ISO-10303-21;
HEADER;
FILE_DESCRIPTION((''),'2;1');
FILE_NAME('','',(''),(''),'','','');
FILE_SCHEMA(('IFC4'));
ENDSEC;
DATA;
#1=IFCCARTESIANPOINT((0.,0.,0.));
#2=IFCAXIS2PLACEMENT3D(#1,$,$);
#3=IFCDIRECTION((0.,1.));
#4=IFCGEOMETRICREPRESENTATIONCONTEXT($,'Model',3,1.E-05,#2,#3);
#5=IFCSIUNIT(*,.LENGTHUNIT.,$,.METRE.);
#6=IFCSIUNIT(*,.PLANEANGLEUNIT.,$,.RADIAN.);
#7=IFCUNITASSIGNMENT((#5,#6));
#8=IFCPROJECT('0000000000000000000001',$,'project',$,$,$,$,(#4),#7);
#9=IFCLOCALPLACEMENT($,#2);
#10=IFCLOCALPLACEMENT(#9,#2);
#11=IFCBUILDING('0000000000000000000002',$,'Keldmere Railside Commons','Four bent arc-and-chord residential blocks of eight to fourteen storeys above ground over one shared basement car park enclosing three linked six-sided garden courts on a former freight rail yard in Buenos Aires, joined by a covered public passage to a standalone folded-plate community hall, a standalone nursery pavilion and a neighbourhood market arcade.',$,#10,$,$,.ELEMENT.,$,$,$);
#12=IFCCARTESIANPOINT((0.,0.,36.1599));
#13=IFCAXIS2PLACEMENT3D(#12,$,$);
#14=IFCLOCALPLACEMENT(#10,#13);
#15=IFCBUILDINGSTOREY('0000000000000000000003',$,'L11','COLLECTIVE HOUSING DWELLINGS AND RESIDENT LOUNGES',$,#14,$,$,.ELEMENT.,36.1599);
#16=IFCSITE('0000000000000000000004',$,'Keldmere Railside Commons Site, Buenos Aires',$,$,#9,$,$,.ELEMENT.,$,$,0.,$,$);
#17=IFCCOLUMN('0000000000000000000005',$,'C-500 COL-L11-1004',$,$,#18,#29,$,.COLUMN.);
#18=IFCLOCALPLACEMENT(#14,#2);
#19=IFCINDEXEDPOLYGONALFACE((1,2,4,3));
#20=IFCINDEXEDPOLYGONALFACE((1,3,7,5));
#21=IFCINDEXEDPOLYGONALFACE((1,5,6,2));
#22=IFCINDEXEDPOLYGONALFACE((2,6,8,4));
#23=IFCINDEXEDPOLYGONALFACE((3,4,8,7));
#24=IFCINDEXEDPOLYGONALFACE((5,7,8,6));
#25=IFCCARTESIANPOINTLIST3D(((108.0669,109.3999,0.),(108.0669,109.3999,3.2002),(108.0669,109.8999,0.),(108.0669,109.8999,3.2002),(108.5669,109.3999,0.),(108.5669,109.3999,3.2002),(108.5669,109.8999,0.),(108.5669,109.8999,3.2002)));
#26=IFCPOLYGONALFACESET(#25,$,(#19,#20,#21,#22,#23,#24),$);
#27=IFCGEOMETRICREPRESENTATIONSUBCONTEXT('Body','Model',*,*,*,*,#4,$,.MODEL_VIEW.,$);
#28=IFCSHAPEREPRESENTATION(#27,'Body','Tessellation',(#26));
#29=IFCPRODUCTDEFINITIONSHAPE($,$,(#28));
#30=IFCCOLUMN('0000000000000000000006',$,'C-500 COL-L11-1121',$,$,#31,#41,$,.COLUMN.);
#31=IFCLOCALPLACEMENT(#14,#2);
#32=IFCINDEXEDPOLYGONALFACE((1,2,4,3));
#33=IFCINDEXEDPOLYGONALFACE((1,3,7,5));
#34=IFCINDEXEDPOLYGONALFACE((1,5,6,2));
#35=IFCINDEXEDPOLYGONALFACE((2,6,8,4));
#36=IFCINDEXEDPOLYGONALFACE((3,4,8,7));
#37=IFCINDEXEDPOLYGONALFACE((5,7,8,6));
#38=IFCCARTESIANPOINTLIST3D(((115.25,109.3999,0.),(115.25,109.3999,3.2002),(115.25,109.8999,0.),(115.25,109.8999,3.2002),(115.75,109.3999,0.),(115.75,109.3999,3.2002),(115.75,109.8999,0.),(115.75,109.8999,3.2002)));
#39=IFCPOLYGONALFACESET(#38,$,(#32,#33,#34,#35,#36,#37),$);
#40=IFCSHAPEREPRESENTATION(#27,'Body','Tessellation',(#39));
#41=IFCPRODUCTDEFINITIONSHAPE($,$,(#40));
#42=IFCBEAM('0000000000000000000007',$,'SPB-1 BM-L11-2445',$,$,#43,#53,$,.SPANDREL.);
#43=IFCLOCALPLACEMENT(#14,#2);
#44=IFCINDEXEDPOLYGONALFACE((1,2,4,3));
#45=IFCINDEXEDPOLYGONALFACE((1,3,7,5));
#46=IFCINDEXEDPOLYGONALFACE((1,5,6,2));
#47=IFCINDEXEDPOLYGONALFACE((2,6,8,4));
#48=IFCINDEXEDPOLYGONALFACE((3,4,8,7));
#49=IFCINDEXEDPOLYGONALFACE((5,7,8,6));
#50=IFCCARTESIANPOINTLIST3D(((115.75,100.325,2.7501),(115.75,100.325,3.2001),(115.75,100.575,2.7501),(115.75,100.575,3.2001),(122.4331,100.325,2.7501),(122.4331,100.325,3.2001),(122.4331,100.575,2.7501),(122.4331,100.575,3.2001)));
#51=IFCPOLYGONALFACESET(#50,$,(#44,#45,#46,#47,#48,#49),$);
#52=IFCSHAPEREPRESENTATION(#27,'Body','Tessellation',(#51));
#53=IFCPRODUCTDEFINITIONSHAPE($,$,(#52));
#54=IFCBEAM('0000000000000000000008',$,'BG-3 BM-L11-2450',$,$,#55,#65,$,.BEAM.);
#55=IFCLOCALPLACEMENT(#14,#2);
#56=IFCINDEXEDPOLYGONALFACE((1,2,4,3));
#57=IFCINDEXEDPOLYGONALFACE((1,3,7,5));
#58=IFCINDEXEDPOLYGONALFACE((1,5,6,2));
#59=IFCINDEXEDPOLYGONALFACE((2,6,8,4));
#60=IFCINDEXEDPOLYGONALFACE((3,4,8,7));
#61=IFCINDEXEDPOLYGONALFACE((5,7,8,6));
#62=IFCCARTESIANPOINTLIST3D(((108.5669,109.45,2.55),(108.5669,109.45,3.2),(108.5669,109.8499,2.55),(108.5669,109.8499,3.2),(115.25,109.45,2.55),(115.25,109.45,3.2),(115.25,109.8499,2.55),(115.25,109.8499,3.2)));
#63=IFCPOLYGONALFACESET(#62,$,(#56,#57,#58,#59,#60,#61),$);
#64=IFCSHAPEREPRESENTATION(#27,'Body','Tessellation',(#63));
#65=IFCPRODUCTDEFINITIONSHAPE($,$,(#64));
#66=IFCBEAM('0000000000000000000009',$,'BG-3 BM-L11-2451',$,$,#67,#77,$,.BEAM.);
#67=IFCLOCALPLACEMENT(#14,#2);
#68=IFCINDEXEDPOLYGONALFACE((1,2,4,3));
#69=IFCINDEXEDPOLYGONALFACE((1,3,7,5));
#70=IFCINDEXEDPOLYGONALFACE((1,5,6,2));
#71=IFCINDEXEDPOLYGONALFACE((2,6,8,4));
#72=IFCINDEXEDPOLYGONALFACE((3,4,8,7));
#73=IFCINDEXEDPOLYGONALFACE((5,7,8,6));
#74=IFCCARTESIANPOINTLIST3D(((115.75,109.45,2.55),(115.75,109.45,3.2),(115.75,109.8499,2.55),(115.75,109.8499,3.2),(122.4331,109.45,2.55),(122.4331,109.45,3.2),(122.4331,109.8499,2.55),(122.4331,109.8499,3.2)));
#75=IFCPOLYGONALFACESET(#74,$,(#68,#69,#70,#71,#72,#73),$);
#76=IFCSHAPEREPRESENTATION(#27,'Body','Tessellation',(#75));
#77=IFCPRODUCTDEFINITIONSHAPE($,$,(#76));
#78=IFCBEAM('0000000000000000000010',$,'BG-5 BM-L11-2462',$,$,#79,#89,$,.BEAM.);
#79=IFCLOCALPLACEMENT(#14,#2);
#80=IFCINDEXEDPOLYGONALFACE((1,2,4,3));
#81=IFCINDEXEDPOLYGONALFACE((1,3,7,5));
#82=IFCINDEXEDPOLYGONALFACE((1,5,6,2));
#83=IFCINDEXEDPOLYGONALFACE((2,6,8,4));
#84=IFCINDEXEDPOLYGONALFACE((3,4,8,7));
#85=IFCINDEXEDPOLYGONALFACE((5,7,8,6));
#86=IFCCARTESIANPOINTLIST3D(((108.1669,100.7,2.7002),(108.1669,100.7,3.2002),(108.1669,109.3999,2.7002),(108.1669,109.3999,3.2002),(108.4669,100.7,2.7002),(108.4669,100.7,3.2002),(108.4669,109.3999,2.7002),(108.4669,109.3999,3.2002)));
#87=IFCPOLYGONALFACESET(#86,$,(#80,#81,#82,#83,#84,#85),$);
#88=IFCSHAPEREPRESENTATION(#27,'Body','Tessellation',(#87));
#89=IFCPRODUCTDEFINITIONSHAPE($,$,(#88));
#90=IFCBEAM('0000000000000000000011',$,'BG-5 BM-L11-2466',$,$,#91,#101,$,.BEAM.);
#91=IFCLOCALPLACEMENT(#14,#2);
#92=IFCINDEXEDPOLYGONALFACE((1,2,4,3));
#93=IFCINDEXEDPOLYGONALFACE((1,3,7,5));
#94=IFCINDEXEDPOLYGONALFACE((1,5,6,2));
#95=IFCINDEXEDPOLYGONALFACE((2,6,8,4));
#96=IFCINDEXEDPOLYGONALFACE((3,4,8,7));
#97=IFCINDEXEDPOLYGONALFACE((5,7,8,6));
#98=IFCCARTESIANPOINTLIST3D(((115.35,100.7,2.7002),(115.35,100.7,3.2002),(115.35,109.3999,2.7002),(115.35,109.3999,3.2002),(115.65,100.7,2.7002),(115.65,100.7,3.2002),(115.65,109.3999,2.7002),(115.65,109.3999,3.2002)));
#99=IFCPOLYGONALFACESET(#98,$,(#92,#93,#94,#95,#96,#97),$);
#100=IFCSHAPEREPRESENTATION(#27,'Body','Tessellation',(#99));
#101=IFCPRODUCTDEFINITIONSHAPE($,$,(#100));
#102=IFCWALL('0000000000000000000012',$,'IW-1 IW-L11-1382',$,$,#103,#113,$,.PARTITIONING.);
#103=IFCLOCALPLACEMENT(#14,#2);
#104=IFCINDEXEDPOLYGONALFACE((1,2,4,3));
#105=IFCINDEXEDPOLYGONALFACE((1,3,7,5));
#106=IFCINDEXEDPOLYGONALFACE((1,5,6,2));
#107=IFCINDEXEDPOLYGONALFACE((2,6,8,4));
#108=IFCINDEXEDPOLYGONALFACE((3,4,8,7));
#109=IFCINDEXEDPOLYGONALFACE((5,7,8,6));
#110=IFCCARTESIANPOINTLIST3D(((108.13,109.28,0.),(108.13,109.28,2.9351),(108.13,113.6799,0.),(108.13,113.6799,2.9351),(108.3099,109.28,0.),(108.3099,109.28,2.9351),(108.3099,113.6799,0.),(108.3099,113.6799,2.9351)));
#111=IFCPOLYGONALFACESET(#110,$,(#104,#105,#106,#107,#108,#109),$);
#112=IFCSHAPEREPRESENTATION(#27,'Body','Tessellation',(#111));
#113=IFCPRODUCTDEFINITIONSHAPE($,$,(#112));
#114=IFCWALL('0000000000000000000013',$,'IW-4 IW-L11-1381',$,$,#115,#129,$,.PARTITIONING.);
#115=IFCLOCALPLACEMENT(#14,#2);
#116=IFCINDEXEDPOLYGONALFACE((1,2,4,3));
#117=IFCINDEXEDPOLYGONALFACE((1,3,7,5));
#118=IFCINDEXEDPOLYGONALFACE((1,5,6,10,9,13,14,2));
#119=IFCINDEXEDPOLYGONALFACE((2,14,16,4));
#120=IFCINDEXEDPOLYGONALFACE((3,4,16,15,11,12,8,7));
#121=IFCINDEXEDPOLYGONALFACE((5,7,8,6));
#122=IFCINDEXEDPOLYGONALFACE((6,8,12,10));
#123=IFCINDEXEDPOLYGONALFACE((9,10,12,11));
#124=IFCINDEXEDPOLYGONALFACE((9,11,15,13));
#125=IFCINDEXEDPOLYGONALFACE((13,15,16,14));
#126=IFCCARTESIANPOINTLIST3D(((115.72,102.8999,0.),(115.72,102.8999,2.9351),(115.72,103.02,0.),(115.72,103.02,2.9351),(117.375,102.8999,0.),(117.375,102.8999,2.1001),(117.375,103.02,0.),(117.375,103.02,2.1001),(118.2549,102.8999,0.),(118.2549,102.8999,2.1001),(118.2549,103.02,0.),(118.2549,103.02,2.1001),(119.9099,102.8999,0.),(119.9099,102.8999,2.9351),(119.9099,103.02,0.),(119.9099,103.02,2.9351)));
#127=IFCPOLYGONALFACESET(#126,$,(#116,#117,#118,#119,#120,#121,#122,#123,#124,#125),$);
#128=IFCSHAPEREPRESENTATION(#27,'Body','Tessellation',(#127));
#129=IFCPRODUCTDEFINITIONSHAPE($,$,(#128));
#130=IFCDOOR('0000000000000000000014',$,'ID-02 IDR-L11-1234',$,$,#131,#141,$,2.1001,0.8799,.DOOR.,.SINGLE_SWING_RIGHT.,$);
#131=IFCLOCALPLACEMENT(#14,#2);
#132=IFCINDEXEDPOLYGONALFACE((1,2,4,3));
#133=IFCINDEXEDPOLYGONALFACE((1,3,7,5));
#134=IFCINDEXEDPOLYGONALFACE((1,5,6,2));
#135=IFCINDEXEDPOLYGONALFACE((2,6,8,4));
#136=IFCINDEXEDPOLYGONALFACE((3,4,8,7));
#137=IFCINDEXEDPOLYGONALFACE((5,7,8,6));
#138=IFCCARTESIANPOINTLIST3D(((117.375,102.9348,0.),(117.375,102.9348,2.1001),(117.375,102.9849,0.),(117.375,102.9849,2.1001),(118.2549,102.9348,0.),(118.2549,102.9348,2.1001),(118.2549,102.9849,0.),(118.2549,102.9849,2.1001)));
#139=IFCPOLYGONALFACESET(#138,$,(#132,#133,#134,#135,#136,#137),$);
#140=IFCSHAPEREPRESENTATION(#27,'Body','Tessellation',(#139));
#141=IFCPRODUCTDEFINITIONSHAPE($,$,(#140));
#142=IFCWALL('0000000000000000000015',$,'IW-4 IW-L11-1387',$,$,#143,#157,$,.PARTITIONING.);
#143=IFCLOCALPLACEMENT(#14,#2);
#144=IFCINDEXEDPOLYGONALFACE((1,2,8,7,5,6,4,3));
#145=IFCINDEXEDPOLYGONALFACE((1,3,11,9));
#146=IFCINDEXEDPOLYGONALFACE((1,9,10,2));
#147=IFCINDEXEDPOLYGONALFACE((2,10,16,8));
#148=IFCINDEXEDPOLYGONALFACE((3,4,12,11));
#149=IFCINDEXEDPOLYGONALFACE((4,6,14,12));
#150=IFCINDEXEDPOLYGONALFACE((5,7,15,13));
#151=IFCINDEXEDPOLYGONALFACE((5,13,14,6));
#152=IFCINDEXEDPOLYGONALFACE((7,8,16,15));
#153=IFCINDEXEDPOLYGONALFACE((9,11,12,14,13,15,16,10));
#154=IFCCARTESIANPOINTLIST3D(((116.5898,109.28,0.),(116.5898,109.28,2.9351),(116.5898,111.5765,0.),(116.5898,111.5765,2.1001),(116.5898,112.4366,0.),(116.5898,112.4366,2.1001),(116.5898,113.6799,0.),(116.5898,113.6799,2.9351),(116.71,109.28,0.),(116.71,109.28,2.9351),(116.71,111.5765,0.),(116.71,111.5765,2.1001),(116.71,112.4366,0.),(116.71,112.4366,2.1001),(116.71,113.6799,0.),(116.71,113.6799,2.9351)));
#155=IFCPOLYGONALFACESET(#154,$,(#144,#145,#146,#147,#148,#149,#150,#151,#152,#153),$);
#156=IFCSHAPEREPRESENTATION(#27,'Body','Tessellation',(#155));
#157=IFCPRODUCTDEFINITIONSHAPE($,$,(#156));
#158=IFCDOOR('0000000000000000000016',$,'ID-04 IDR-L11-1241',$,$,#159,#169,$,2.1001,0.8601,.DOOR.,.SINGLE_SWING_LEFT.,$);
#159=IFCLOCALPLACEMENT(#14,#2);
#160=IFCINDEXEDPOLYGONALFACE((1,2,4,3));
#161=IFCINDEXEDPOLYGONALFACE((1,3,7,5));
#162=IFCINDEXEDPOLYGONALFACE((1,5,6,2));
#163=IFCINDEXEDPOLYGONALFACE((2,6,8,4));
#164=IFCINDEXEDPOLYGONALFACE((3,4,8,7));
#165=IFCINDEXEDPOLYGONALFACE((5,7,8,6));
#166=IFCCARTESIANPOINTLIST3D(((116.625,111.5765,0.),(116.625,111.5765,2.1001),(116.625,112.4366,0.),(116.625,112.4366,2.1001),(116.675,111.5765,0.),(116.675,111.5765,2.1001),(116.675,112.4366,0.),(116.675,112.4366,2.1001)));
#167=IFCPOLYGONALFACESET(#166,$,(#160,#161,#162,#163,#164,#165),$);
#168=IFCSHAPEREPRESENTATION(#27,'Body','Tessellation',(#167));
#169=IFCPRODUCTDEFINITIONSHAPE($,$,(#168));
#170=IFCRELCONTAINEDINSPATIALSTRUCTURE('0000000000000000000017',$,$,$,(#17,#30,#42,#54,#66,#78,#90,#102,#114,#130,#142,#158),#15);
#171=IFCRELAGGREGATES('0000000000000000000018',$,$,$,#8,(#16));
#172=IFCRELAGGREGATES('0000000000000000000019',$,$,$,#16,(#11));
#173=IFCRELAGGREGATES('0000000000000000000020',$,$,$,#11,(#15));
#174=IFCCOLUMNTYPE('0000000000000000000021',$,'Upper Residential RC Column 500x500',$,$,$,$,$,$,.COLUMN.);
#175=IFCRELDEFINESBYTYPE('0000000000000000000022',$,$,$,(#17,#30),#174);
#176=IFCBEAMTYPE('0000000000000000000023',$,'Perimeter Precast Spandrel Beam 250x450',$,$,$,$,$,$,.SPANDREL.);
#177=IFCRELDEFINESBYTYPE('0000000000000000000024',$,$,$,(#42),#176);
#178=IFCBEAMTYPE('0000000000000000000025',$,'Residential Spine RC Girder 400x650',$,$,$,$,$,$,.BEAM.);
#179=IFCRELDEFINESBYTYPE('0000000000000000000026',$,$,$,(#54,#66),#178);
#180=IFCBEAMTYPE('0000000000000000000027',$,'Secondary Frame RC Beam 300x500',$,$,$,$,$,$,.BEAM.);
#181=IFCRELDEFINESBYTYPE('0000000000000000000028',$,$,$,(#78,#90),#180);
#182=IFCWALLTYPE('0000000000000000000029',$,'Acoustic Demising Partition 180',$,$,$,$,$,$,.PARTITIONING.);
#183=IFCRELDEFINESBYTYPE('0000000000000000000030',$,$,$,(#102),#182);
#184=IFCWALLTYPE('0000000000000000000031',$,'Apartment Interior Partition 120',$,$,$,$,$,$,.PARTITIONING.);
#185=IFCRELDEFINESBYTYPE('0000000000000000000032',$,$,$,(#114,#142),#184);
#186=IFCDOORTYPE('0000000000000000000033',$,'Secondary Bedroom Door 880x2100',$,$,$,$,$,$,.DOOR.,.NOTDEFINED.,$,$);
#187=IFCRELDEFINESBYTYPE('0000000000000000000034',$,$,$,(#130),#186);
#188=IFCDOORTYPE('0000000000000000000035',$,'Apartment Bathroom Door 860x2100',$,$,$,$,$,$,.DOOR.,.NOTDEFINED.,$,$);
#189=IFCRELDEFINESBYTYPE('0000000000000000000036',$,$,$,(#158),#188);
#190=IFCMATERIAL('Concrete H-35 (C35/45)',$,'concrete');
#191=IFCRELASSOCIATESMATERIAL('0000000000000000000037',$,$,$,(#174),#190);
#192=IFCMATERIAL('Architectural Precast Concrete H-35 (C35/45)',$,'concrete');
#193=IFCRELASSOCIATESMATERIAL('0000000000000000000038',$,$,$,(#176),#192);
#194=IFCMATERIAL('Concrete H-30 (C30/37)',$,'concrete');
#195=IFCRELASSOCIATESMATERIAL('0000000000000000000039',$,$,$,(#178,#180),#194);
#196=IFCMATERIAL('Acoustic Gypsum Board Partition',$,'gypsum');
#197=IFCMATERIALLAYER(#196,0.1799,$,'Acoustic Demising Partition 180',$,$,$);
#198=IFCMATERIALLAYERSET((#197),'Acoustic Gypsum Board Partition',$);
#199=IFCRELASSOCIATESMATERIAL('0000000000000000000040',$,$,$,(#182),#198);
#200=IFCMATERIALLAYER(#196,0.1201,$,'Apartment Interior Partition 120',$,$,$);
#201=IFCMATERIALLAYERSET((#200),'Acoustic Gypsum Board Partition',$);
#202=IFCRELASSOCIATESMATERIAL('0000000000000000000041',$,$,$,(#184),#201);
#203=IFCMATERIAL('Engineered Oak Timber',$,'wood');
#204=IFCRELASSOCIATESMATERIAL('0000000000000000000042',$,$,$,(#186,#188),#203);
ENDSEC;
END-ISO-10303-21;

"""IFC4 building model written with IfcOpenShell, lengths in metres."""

from ifc_helpers import new_model, si_unit, direction, frame, frame_2d, origin, origin_2d, place, context, subcontext, project, spatial, rectangle, extrude, material, layer, layer_set, material_profile, profile_set, type_object, element, fill, save


model = new_model("IFC4")

# Units and contexts
model_context = context("Model", 3, precision=1e-05, world=origin(), true_north=direction((0.0, 1.0)))
body_context = subcontext(model_context, "Body", "Model", "MODEL_VIEW")
ifc_project = project(units=[si_unit("LENGTHUNIT", "METRE"), si_unit("PLANEANGLEUNIT", "RADIAN")], contexts=[model_context])

# Site, building, storey
site_placement = place(None, origin())
site = spatial("IfcSite", under=ifc_project, at=site_placement, Name="Keldmere Railside Commons Site, Buenos Aires", CompositionType="ELEMENT", RefElevation=0.0)
building_placement = place(site_placement, origin())
building = spatial("IfcBuilding", under=site, at=building_placement, Name="Keldmere Railside Commons", Description="Four bent arc-and-chord residential blocks of eight to fourteen storeys above ground over one shared basement car park enclosing three linked six-sided garden courts on a former freight rail yard in Buenos Aires, joined by a covered public passage to a standalone folded-plate community hall, a standalone nursery pavilion and a neighbourhood market arcade.", CompositionType="ELEMENT")
storey_placement = place(building_placement, frame((0.0, 0.0, 36.1599)))
storey = spatial("IfcBuildingStorey", under=building, at=storey_placement, Name="L11", Description="COLLECTIVE HOUSING DWELLINGS AND RESIDENT LOUNGES", CompositionType="ELEMENT", Elevation=36.1599)

# Columns
ifc_material_1 = material(Name="Concrete H-35 (C35/45)", Category="concrete")
ifc_material_profile_1 = material_profile(ifc_material_1, rectangle(XDim=0.5, YDim=0.5, at=origin_2d()), Name="RC-500x500")
ifc_profile_set_1 = profile_set([ifc_material_profile_1], Name="Concrete H-35 (C35/45)")
column_type = type_object("IfcColumnType", Name="Upper Residential RC Column 500x500", PredefinedType="COLUMN", material=ifc_profile_set_1)
for number, where, z_axis, x_axis, name in (
    (1, (108.3169, 109.6499, 0.0), (0.0, 0.0, 1.0), (1.0, 0.0, 0.0), "C-500 COL-L11-1004"),
    (2, (115.5, 109.6499, 0.0), (0.0, 0.0, 1.0), (1.0, 0.0, 0.0), "C-500 COL-L11-1121"),
):
    element("IfcColumn", number, at=place(storey_placement, frame(where, z_axis=z_axis, x_axis=x_axis)), inside=storey, type_object=column_type, Name=name, PredefinedType="COLUMN", context=body_context, shape_type="SweptSolid", body=[
        extrude(rectangle(XDim=0.5, YDim=0.5, at=origin_2d()), origin(), (0.0, 0.0, 1.0), 3.2002),
    ])

# Beams
ifc_material_2 = material(Name="Architectural Precast Concrete H-35 (C35/45)", Category="concrete")
ifc_material_profile_2 = material_profile(ifc_material_2, rectangle(XDim=0.25, YDim=0.45, at=origin_2d()), Name="RC-250x450")
ifc_profile_set_2 = profile_set([ifc_material_profile_2], Name="Architectural Precast Concrete H-35 (C35/45)")
beam_type_1 = type_object("IfcBeamType", Name="Perimeter Precast Spandrel Beam 250x450", PredefinedType="SPANDREL", material=ifc_profile_set_2)
beam_placement = place(storey_placement, frame((115.75, 100.45, 2.9751), z_axis=(1.0, 0.0, 0.0), x_axis=(0.0, 1.0, 0.0)))
element("IfcBeam", 3, at=beam_placement, inside=storey, type_object=beam_type_1, Name="SPB-1 BM-L11-2445", PredefinedType="SPANDREL", context=body_context, shape_type="SweptSolid", body=[
    extrude(rectangle(XDim=0.25, YDim=0.45, at=origin_2d()), origin(), (0.0, 0.0, 1.0), 6.6831),
])
ifc_material_3 = material(Name="Concrete H-30 (C30/37)", Category="concrete")
ifc_material_profile_3 = material_profile(ifc_material_3, rectangle(XDim=0.3999, YDim=0.6499, at=origin_2d()), Name="RC-400x650")
ifc_profile_set_3 = profile_set([ifc_material_profile_3], Name="Concrete H-30 (C30/37)")
beam_type_2 = type_object("IfcBeamType", Name="Residential Spine RC Girder 400x650", PredefinedType="BEAM", material=ifc_profile_set_3)
for number, where, z_axis, x_axis, name in (
    (4, (108.5669, 109.6499, 2.875), (1.0, 0.0, 0.0), (0.0, 1.0, 0.0), "BG-3 BM-L11-2450"),
    (5, (115.75, 109.6499, 2.875), (1.0, 0.0, 0.0), (0.0, 1.0, 0.0), "BG-3 BM-L11-2451"),
):
    element("IfcBeam", number, at=place(storey_placement, frame(where, z_axis=z_axis, x_axis=x_axis)), inside=storey, type_object=beam_type_2, Name=name, PredefinedType="BEAM", context=body_context, shape_type="SweptSolid", body=[
        extrude(rectangle(XDim=0.3999, YDim=0.6499, at=origin_2d()), origin(), (0.0, 0.0, 1.0), 6.6831),
    ])
ifc_material_profile_4 = material_profile(ifc_material_3, rectangle(XDim=0.3, YDim=0.5, at=origin_2d()), Name="RC-300x500")
ifc_profile_set_4 = profile_set([ifc_material_profile_4], Name="Concrete H-30 (C30/37)")
beam_type_3 = type_object("IfcBeamType", Name="Secondary Frame RC Beam 300x500", PredefinedType="BEAM", material=ifc_profile_set_4)
for number, where, z_axis, x_axis, name in (
    (6, (108.3169, 100.7, 2.9502), (0.0, 1.0, 0.0), (-1.0, 0.0, 0.0), "BG-5 BM-L11-2462"),
    (7, (115.5, 100.7, 2.9502), (0.0, 1.0, 0.0), (-1.0, 0.0, 0.0), "BG-5 BM-L11-2466"),
):
    element("IfcBeam", number, at=place(storey_placement, frame(where, z_axis=z_axis, x_axis=x_axis)), inside=storey, type_object=beam_type_3, Name=name, PredefinedType="BEAM", context=body_context, shape_type="SweptSolid", body=[
        extrude(rectangle(XDim=0.3, YDim=0.5, at=origin_2d()), origin(), (0.0, 0.0, 1.0), 8.7),
    ])

# Wall
ifc_material_4 = material(Name="Acoustic Gypsum Board Partition", Category="gypsum")
ifc_layer_1 = layer(ifc_material_4, 0.1799, Name="Acoustic Demising Partition 180")
ifc_layer_set_1 = layer_set([ifc_layer_1], Name="Acoustic Gypsum Board Partition")
wall_type_1 = type_object("IfcWallType", Name="Acoustic Demising Partition 180", PredefinedType="PARTITIONING", material=ifc_layer_set_1)
wall_1_placement = place(storey_placement, frame((108.22, 109.28, 0.0), z_axis=(0.0, 0.0, 1.0), x_axis=(0.0, 1.0, 0.0)))
element("IfcWall", 8, at=wall_1_placement, inside=storey, type_object=wall_type_1, Name="IW-1 IW-L11-1382", PredefinedType="PARTITIONING", context=body_context, shape_type="SweptSolid", body=[
    extrude(rectangle(XDim=4.3999, YDim=0.1799, at=frame_2d((2.2, 0.0))), origin(), (0.0, 0.0, 1.0), 2.9351),
])

# Walls, openings, doors
ifc_layer_2 = layer(ifc_material_4, 0.1201, Name="Apartment Interior Partition 120")
ifc_layer_set_2 = layer_set([ifc_layer_2], Name="Acoustic Gypsum Board Partition")
wall_type_2 = type_object("IfcWallType", Name="Apartment Interior Partition 120", PredefinedType="PARTITIONING", material=ifc_layer_set_2)
wall_2_placement = place(storey_placement, frame((115.72, 102.96, 0.0), z_axis=(0.0, 0.0, 1.0), x_axis=(1.0, 0.0, 0.0)))
wall_2 = element("IfcWall", 9, at=wall_2_placement, inside=storey, type_object=wall_type_2, Name="IW-4 IW-L11-1381", PredefinedType="PARTITIONING", context=body_context, shape_type="SweptSolid", body=[
    extrude(rectangle(XDim=4.1899, YDim=0.1201, at=frame_2d((2.095, 0.0))), origin(), (0.0, 0.0, 1.0), 2.9351),
])
opening_1_placement = place(wall_2_placement, frame((1.655, 0.0, 0.0)))
opening_1 = element("IfcOpeningElement", 10, at=opening_1_placement, cuts=wall_2, PredefinedType="OPENING", context=body_context, shape_type="SweptSolid", body=[
    extrude(rectangle(XDim=0.8799, YDim=2.1001, at=frame_2d((0.4399, 1.05))), frame((0.0, 0.0701, 0.0), z_axis=(0.0, -1.0, 0.0), x_axis=(1.0, 0.0, 0.0)), (0.0, 0.0, 1.0), 0.1401),
])
ifc_material_5 = material(Name="Engineered Oak Timber", Category="wood")
door_type_1 = type_object("IfcDoorType", Name="Secondary Bedroom Door 880x2100", OperationType="NOTDEFINED", PredefinedType="DOOR", material=ifc_material_5)
door_1_placement = place(opening_1_placement, origin())
door_1 = element("IfcDoor", 11, at=door_1_placement, inside=storey, type_object=door_type_1, Name="ID-02 IDR-L11-1234", OperationType="SINGLE_SWING_RIGHT", OverallHeight=2.1001, OverallWidth=0.8799, PredefinedType="DOOR", context=body_context, shape_type="SweptSolid", body=[
    extrude(rectangle(XDim=0.8799, YDim=2.1001, at=frame_2d((0.4399, 1.05))), frame((0.0, 0.0249, 0.0), z_axis=(0.0, -1.0, 0.0), x_axis=(1.0, 0.0, 0.0)), (0.0, 0.0, 1.0), 0.05),
])
fill(opening_1, door_1)
wall_3_placement = place(storey_placement, frame((116.6499, 109.28, 0.0), z_axis=(0.0, 0.0, 1.0), x_axis=(0.0, 1.0, 0.0)))
wall_3 = element("IfcWall", 12, at=wall_3_placement, inside=storey, type_object=wall_type_2, Name="IW-4 IW-L11-1387", PredefinedType="PARTITIONING", context=body_context, shape_type="SweptSolid", body=[
    extrude(rectangle(XDim=4.3999, YDim=0.1201, at=frame_2d((2.2, 0.0))), origin(), (0.0, 0.0, 1.0), 2.9351),
])
opening_2_placement = place(wall_3_placement, frame((2.2964, 0.0, 0.0)))
opening_2 = element("IfcOpeningElement", 13, at=opening_2_placement, cuts=wall_3, PredefinedType="OPENING", context=body_context, shape_type="SweptSolid", body=[
    extrude(rectangle(XDim=0.8601, YDim=2.1001, at=frame_2d((0.4302, 1.05))), frame((0.0, 0.0701, 0.0), z_axis=(0.0, -1.0, 0.0), x_axis=(1.0, 0.0, 0.0)), (0.0, 0.0, 1.0), 0.1401),
])
door_type_2 = type_object("IfcDoorType", Name="Apartment Bathroom Door 860x2100", OperationType="NOTDEFINED", PredefinedType="DOOR", material=ifc_material_5)
door_2_placement = place(opening_2_placement, origin())
door_2 = element("IfcDoor", 14, at=door_2_placement, inside=storey, type_object=door_type_2, Name="ID-04 IDR-L11-1241", OperationType="SINGLE_SWING_LEFT", OverallHeight=2.1001, OverallWidth=0.8601, PredefinedType="DOOR", context=body_context, shape_type="SweptSolid", body=[
    extrude(rectangle(XDim=0.8601, YDim=2.1001, at=frame_2d((0.4302, 1.05))), frame((0.0, 0.0249, 0.0), z_axis=(0.0, -1.0, 0.0), x_axis=(1.0, 0.0, 0.0)), (0.0, 0.0, 1.0), 0.05),
])
fill(opening_2, door_2)

save(model, "model.ifc")
